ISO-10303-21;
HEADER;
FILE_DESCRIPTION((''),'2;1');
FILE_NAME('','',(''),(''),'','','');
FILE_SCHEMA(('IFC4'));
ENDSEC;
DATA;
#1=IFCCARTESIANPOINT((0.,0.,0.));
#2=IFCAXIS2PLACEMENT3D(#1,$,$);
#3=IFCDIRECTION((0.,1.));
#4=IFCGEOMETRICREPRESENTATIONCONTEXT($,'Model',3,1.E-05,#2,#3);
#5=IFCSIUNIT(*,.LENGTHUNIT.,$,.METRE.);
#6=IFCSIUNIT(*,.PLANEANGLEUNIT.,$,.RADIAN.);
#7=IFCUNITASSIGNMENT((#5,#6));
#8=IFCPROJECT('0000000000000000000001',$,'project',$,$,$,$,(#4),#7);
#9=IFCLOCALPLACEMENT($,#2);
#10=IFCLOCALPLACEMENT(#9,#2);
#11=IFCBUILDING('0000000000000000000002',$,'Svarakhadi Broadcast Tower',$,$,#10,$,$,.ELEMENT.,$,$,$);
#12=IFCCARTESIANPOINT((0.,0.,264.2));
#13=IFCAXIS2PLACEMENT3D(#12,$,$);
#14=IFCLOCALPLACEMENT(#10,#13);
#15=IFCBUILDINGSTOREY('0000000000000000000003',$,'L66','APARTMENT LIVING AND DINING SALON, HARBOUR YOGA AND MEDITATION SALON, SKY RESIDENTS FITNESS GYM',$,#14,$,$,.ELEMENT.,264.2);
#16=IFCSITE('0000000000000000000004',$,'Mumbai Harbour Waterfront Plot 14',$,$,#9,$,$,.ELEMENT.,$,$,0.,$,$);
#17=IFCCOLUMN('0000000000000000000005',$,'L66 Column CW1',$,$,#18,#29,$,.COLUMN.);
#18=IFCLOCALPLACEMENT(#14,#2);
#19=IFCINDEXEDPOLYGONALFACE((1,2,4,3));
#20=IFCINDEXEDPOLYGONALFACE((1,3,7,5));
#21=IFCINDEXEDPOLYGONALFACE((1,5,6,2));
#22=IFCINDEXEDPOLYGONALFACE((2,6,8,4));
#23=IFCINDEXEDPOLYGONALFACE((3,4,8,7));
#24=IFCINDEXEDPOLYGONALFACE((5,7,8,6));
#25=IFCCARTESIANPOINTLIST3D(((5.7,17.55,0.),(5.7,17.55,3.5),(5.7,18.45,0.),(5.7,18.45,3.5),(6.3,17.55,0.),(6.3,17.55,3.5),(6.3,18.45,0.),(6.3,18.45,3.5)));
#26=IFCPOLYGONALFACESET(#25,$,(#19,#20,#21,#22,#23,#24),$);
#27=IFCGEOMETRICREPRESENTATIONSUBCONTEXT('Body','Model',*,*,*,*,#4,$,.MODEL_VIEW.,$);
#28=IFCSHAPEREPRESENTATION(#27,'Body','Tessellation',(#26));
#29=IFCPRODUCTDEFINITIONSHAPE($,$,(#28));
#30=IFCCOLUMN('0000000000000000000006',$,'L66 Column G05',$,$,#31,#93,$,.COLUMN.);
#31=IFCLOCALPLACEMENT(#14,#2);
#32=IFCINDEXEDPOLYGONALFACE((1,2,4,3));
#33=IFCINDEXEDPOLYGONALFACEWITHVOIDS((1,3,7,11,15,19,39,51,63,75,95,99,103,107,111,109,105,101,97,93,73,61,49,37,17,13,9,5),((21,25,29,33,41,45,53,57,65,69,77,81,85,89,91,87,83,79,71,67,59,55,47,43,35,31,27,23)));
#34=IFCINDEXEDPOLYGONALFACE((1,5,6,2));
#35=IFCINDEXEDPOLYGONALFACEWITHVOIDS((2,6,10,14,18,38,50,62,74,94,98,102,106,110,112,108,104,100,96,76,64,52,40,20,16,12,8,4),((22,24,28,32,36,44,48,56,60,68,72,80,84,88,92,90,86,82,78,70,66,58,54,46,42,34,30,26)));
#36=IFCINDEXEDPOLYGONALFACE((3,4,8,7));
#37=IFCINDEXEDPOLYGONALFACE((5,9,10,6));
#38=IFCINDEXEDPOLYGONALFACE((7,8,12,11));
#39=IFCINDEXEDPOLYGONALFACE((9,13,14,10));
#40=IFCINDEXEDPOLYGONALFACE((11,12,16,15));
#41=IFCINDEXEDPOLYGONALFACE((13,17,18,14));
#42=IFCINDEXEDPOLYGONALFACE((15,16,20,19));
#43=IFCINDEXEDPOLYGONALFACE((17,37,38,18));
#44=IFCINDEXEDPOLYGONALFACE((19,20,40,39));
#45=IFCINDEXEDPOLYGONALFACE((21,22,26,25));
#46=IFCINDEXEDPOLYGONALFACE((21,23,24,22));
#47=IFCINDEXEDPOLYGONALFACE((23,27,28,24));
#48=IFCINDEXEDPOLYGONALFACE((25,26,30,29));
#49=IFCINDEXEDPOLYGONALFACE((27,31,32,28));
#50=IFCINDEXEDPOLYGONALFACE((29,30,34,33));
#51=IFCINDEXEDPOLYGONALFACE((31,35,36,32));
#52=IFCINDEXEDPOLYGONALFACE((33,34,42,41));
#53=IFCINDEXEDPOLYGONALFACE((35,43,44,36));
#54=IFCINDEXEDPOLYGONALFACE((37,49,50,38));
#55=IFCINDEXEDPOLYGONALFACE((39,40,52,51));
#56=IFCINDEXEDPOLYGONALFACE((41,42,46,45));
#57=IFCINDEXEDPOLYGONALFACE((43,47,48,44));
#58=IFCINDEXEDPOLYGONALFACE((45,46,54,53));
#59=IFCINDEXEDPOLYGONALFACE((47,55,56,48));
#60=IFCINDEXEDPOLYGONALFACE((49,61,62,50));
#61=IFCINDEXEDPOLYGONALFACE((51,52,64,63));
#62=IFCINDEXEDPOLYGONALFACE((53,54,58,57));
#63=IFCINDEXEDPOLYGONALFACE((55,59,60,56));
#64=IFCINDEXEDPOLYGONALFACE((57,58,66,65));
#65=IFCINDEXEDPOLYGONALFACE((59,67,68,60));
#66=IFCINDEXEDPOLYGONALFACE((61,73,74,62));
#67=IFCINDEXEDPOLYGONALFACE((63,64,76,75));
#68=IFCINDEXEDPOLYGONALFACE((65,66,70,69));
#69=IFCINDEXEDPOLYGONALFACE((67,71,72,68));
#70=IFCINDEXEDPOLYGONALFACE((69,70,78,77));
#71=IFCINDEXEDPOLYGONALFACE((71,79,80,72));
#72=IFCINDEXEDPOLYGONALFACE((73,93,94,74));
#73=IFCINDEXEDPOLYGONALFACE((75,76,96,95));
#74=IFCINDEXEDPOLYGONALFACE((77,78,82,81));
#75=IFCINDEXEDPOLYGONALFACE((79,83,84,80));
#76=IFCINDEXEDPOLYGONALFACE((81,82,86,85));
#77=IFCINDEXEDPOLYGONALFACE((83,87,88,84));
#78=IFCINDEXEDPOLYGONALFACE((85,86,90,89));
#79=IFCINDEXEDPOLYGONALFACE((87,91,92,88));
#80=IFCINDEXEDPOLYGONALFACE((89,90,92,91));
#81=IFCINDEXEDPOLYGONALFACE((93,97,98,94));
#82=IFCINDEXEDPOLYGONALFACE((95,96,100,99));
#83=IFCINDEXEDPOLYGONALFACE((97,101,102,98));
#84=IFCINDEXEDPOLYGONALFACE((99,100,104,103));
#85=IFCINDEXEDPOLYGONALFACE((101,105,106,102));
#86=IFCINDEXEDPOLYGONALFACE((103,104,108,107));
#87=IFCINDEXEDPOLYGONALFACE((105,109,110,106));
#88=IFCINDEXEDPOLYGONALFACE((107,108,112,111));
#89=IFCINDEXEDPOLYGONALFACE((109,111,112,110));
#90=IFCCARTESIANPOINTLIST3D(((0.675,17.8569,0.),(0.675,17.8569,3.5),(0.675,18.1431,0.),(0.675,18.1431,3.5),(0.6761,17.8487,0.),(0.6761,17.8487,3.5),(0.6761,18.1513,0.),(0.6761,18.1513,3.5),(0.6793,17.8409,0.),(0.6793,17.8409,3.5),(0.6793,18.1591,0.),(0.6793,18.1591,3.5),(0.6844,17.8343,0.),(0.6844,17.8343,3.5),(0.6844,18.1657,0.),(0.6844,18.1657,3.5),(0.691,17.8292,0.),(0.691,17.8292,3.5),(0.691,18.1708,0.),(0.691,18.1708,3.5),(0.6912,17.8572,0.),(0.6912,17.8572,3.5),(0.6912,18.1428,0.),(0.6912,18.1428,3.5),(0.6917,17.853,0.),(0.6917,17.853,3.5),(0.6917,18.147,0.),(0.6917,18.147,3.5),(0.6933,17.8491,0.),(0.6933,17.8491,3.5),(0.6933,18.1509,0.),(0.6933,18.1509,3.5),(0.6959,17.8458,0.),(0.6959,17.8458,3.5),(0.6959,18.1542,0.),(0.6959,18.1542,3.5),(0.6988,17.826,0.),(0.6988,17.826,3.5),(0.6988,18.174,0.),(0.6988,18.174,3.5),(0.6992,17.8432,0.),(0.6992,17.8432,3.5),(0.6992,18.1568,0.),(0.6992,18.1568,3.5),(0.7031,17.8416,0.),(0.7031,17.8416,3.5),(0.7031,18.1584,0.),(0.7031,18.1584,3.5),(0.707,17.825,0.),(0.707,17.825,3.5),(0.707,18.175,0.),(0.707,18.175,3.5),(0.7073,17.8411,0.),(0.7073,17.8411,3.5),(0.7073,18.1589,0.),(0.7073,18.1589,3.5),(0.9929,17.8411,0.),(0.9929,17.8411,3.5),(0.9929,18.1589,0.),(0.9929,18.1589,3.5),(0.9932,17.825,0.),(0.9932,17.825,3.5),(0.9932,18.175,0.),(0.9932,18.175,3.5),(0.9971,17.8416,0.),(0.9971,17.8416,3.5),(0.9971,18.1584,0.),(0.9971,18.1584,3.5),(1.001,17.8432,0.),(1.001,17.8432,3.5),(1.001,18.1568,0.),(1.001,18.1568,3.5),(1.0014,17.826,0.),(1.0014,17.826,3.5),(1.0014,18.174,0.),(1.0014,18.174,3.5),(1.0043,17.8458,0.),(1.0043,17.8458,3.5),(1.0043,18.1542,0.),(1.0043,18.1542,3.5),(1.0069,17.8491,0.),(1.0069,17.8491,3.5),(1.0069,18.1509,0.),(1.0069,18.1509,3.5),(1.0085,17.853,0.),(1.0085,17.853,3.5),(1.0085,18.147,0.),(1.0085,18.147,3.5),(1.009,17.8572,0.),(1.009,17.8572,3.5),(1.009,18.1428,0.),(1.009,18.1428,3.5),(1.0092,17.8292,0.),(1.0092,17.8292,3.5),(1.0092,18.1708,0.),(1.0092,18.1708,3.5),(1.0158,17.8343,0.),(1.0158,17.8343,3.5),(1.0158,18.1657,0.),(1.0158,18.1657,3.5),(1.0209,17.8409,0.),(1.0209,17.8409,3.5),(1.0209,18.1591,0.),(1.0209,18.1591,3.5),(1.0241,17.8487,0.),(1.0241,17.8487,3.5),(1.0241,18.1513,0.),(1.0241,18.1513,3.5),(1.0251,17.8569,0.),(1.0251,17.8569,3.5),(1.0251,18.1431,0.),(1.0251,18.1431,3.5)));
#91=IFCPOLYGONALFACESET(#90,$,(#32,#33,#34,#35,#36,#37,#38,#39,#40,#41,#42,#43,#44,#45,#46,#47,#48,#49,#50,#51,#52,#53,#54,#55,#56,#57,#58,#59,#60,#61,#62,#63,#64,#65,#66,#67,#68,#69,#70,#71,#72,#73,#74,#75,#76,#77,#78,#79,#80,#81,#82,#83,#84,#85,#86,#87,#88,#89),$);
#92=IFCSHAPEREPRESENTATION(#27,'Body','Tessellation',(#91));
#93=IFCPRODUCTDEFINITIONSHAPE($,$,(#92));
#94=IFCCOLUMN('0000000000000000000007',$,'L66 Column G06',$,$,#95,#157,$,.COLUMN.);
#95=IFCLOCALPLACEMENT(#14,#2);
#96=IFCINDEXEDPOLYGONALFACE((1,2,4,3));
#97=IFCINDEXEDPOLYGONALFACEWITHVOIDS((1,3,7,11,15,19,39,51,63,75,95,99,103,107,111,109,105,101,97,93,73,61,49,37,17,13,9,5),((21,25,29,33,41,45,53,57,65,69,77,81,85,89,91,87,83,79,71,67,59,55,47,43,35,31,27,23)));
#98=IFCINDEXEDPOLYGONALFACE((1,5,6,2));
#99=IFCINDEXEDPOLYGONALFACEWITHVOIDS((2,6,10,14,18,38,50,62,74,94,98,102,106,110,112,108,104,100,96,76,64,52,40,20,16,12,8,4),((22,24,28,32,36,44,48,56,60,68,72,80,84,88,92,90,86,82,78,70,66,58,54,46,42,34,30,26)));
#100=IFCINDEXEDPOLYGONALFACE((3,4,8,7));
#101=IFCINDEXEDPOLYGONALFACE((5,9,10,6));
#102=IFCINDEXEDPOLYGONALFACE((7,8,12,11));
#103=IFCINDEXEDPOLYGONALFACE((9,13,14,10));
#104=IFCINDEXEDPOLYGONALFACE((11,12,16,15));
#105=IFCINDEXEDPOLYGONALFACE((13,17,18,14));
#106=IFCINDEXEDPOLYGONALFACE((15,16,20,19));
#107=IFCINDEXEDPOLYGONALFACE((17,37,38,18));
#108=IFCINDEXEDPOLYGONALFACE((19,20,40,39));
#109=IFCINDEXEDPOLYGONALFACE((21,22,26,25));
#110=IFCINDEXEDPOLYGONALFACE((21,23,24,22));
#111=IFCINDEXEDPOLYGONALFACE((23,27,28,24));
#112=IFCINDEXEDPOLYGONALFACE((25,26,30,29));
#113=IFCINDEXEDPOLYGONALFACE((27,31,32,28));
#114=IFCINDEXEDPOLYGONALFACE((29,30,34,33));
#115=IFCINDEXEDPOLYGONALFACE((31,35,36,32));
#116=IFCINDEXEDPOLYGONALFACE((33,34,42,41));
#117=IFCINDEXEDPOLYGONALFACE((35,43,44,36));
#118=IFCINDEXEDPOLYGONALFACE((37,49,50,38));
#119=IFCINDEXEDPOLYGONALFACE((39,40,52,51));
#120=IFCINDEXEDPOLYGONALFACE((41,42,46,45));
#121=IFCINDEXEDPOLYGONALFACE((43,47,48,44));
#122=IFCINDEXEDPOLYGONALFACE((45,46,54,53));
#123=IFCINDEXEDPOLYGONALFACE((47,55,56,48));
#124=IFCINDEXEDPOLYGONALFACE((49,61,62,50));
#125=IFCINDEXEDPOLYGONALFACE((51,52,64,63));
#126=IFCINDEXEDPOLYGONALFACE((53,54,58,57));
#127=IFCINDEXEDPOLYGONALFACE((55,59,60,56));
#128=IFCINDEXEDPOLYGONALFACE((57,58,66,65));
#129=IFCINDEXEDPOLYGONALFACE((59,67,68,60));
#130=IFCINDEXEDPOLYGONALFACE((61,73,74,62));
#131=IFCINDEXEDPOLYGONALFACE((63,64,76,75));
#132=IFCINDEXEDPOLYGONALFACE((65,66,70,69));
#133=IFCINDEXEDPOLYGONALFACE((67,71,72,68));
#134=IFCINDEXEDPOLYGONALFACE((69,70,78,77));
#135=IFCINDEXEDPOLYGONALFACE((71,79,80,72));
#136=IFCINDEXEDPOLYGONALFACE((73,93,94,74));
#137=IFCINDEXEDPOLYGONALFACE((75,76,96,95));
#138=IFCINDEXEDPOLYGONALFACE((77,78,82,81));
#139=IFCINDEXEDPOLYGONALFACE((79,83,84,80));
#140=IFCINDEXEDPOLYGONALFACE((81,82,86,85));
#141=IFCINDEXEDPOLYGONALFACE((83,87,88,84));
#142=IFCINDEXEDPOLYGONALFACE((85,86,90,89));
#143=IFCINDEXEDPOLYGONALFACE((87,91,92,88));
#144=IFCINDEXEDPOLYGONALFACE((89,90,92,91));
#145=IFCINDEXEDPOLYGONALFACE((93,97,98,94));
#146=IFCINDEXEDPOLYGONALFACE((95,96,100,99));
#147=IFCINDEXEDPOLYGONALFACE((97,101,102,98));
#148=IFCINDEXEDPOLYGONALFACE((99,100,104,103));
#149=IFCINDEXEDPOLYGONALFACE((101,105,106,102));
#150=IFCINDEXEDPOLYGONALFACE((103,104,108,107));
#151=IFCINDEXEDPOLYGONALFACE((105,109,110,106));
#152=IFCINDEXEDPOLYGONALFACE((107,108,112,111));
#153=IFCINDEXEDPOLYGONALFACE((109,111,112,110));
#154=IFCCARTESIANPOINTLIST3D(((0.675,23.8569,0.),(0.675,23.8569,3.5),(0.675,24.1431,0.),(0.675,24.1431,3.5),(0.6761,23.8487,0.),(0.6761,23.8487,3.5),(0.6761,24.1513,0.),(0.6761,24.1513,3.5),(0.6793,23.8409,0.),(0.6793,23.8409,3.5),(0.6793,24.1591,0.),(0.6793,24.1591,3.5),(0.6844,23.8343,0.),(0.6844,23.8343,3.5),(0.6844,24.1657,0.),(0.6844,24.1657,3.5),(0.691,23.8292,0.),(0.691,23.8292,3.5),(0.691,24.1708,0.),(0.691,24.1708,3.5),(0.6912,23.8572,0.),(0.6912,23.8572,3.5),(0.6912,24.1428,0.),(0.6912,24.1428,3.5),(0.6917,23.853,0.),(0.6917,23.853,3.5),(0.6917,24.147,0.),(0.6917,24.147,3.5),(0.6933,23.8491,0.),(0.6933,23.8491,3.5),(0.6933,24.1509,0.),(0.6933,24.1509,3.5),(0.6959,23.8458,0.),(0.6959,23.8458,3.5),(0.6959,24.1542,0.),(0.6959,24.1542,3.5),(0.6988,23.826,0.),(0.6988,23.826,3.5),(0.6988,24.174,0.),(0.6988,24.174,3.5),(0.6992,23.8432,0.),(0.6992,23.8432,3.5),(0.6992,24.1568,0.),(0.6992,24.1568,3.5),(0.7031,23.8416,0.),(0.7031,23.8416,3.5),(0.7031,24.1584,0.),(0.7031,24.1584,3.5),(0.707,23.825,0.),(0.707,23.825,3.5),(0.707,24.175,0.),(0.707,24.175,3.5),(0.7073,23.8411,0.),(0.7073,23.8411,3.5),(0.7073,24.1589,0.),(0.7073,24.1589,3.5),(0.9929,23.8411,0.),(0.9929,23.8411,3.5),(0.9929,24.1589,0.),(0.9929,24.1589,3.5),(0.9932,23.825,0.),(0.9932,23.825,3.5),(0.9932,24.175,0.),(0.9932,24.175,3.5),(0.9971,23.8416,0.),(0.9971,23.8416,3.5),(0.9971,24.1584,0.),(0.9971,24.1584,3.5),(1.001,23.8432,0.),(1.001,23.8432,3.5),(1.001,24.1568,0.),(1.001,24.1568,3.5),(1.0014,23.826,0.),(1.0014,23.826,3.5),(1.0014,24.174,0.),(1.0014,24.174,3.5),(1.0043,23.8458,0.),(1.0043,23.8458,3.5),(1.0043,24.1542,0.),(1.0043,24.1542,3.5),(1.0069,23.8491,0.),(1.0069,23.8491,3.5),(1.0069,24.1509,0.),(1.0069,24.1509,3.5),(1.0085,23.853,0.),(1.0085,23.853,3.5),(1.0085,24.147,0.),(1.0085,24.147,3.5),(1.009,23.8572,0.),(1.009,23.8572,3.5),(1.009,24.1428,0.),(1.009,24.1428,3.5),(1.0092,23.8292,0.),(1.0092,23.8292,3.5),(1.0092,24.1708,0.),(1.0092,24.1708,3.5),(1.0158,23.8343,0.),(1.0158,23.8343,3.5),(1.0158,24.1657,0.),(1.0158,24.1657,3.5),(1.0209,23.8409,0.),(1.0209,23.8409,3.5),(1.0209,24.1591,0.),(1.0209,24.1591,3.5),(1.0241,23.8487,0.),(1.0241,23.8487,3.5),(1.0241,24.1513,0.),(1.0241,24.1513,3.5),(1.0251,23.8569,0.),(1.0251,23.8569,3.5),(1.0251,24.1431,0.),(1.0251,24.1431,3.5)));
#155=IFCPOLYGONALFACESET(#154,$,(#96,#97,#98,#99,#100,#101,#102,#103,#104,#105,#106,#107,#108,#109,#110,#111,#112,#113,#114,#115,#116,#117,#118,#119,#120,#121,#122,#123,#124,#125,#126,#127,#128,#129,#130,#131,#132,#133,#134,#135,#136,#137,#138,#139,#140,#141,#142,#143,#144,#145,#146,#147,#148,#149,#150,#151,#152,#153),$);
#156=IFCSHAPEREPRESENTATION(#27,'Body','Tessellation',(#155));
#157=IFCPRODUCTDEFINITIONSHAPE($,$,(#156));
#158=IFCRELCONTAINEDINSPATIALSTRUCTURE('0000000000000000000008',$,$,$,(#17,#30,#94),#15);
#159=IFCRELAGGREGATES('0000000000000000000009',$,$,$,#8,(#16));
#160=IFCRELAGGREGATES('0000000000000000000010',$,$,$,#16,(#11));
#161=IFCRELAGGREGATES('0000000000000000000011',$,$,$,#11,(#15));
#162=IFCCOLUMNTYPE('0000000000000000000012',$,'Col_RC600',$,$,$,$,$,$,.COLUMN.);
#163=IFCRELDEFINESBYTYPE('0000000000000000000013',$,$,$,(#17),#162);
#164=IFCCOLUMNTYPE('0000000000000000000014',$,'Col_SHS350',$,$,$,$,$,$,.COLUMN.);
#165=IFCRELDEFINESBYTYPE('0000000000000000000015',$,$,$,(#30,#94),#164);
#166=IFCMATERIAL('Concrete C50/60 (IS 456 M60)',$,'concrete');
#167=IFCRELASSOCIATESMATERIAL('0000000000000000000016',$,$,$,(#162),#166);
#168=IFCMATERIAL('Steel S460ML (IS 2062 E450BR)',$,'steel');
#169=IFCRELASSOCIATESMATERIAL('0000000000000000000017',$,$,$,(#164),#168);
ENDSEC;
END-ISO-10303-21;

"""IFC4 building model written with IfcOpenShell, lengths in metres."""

from ifc_helpers import new_model, si_unit, direction, frame, origin, origin_2d, place, context, subcontext, project, spatial, rectangle, hollow_rectangle, extrude, material, material_profile, profile_set, type_object, element, save


model = new_model("IFC4")

# Units and contexts
model_context = context("Model", 3, precision=1e-05, world=origin(), true_north=direction((0.0, 1.0)))
body_context = subcontext(model_context, "Body", "Model", "MODEL_VIEW")
ifc_project = project(units=[si_unit("LENGTHUNIT", "METRE"), si_unit("PLANEANGLEUNIT", "RADIAN")], contexts=[model_context])

# Site, building, storey
site_placement = place(None, origin())
site = spatial("IfcSite", under=ifc_project, at=site_placement, Name="Mumbai Harbour Waterfront Plot 14", CompositionType="ELEMENT", RefElevation=0.0)
building_placement = place(site_placement, origin())
building = spatial("IfcBuilding", under=site, at=building_placement, Name="Svarakhadi Broadcast Tower", CompositionType="ELEMENT")
storey_placement = place(building_placement, frame((0.0, 0.0, 264.2)))
storey = spatial("IfcBuildingStorey", under=building, at=storey_placement, Name="L66", Description="APARTMENT LIVING AND DINING SALON, HARBOUR YOGA AND MEDITATION SALON, SKY RESIDENTS FITNESS GYM", CompositionType="ELEMENT", Elevation=264.2)

# Columns
ifc_material_1 = material(Name="Concrete C50/60 (IS 456 M60)", Category="concrete")
ifc_material_profile_1 = material_profile(ifc_material_1, rectangle(XDim=0.6001, YDim=0.8999, at=origin_2d()), Name="RC 600x900")
ifc_profile_set_1 = profile_set([ifc_material_profile_1], Name="Concrete C50/60 (IS 456 M60)")
column_type_1 = type_object("IfcColumnType", Name="Col_RC600", PredefinedType="COLUMN", material=ifc_profile_set_1)
column_placement = place(storey_placement, frame((6.0, 18.0, 0.0), z_axis=(0.0, 0.0, 1.0), x_axis=(1.0, 0.0, 0.0)))
element("IfcColumn", 1, at=column_placement, inside=storey, type_object=column_type_1, Name="L66 Column CW1", PredefinedType="COLUMN", context=body_context, shape_type="SweptSolid", body=[
    extrude(rectangle(XDim=0.6001, YDim=0.8999, at=origin_2d()), origin(), (0.0, 0.0, 1.0), 3.5),
])
ifc_material_2 = material(Name="Steel S460ML (IS 2062 E450BR)", Category="steel")
ifc_material_profile_2 = material_profile(ifc_material_2, hollow_rectangle(XDim=0.3501, YDim=0.3501, WallThickness=0.0161, InnerFilletRadius=0.0161, OuterFilletRadius=0.032, at=origin_2d()), Name="SHS 350x350x16")
ifc_profile_set_2 = profile_set([ifc_material_profile_2], Name="Steel S460ML (IS 2062 E450BR)")
column_type_2 = type_object("IfcColumnType", Name="Col_SHS350", PredefinedType="COLUMN", material=ifc_profile_set_2)
for number, where, z_axis, x_axis, name in (
    (2, (0.8501, 18.0, 0.0), (0.0, 0.0, 1.0), (1.0, 0.0, 0.0), "L66 Column G05"),
    (3, (0.8501, 24.0, 0.0), (0.0, 0.0, 1.0), (1.0, 0.0, 0.0), "L66 Column G06"),
):
    element("IfcColumn", number, at=place(storey_placement, frame(where, z_axis=z_axis, x_axis=x_axis)), inside=storey, type_object=column_type_2, Name=name, PredefinedType="COLUMN", context=body_context, shape_type="SweptSolid", body=[
        extrude(hollow_rectangle(XDim=0.3501, YDim=0.3501, WallThickness=0.0161, InnerFilletRadius=0.0161, OuterFilletRadius=0.032, at=origin_2d()), origin(), (0.0, 0.0, 1.0), 3.5),
    ])

save(model, "model.ifc")
